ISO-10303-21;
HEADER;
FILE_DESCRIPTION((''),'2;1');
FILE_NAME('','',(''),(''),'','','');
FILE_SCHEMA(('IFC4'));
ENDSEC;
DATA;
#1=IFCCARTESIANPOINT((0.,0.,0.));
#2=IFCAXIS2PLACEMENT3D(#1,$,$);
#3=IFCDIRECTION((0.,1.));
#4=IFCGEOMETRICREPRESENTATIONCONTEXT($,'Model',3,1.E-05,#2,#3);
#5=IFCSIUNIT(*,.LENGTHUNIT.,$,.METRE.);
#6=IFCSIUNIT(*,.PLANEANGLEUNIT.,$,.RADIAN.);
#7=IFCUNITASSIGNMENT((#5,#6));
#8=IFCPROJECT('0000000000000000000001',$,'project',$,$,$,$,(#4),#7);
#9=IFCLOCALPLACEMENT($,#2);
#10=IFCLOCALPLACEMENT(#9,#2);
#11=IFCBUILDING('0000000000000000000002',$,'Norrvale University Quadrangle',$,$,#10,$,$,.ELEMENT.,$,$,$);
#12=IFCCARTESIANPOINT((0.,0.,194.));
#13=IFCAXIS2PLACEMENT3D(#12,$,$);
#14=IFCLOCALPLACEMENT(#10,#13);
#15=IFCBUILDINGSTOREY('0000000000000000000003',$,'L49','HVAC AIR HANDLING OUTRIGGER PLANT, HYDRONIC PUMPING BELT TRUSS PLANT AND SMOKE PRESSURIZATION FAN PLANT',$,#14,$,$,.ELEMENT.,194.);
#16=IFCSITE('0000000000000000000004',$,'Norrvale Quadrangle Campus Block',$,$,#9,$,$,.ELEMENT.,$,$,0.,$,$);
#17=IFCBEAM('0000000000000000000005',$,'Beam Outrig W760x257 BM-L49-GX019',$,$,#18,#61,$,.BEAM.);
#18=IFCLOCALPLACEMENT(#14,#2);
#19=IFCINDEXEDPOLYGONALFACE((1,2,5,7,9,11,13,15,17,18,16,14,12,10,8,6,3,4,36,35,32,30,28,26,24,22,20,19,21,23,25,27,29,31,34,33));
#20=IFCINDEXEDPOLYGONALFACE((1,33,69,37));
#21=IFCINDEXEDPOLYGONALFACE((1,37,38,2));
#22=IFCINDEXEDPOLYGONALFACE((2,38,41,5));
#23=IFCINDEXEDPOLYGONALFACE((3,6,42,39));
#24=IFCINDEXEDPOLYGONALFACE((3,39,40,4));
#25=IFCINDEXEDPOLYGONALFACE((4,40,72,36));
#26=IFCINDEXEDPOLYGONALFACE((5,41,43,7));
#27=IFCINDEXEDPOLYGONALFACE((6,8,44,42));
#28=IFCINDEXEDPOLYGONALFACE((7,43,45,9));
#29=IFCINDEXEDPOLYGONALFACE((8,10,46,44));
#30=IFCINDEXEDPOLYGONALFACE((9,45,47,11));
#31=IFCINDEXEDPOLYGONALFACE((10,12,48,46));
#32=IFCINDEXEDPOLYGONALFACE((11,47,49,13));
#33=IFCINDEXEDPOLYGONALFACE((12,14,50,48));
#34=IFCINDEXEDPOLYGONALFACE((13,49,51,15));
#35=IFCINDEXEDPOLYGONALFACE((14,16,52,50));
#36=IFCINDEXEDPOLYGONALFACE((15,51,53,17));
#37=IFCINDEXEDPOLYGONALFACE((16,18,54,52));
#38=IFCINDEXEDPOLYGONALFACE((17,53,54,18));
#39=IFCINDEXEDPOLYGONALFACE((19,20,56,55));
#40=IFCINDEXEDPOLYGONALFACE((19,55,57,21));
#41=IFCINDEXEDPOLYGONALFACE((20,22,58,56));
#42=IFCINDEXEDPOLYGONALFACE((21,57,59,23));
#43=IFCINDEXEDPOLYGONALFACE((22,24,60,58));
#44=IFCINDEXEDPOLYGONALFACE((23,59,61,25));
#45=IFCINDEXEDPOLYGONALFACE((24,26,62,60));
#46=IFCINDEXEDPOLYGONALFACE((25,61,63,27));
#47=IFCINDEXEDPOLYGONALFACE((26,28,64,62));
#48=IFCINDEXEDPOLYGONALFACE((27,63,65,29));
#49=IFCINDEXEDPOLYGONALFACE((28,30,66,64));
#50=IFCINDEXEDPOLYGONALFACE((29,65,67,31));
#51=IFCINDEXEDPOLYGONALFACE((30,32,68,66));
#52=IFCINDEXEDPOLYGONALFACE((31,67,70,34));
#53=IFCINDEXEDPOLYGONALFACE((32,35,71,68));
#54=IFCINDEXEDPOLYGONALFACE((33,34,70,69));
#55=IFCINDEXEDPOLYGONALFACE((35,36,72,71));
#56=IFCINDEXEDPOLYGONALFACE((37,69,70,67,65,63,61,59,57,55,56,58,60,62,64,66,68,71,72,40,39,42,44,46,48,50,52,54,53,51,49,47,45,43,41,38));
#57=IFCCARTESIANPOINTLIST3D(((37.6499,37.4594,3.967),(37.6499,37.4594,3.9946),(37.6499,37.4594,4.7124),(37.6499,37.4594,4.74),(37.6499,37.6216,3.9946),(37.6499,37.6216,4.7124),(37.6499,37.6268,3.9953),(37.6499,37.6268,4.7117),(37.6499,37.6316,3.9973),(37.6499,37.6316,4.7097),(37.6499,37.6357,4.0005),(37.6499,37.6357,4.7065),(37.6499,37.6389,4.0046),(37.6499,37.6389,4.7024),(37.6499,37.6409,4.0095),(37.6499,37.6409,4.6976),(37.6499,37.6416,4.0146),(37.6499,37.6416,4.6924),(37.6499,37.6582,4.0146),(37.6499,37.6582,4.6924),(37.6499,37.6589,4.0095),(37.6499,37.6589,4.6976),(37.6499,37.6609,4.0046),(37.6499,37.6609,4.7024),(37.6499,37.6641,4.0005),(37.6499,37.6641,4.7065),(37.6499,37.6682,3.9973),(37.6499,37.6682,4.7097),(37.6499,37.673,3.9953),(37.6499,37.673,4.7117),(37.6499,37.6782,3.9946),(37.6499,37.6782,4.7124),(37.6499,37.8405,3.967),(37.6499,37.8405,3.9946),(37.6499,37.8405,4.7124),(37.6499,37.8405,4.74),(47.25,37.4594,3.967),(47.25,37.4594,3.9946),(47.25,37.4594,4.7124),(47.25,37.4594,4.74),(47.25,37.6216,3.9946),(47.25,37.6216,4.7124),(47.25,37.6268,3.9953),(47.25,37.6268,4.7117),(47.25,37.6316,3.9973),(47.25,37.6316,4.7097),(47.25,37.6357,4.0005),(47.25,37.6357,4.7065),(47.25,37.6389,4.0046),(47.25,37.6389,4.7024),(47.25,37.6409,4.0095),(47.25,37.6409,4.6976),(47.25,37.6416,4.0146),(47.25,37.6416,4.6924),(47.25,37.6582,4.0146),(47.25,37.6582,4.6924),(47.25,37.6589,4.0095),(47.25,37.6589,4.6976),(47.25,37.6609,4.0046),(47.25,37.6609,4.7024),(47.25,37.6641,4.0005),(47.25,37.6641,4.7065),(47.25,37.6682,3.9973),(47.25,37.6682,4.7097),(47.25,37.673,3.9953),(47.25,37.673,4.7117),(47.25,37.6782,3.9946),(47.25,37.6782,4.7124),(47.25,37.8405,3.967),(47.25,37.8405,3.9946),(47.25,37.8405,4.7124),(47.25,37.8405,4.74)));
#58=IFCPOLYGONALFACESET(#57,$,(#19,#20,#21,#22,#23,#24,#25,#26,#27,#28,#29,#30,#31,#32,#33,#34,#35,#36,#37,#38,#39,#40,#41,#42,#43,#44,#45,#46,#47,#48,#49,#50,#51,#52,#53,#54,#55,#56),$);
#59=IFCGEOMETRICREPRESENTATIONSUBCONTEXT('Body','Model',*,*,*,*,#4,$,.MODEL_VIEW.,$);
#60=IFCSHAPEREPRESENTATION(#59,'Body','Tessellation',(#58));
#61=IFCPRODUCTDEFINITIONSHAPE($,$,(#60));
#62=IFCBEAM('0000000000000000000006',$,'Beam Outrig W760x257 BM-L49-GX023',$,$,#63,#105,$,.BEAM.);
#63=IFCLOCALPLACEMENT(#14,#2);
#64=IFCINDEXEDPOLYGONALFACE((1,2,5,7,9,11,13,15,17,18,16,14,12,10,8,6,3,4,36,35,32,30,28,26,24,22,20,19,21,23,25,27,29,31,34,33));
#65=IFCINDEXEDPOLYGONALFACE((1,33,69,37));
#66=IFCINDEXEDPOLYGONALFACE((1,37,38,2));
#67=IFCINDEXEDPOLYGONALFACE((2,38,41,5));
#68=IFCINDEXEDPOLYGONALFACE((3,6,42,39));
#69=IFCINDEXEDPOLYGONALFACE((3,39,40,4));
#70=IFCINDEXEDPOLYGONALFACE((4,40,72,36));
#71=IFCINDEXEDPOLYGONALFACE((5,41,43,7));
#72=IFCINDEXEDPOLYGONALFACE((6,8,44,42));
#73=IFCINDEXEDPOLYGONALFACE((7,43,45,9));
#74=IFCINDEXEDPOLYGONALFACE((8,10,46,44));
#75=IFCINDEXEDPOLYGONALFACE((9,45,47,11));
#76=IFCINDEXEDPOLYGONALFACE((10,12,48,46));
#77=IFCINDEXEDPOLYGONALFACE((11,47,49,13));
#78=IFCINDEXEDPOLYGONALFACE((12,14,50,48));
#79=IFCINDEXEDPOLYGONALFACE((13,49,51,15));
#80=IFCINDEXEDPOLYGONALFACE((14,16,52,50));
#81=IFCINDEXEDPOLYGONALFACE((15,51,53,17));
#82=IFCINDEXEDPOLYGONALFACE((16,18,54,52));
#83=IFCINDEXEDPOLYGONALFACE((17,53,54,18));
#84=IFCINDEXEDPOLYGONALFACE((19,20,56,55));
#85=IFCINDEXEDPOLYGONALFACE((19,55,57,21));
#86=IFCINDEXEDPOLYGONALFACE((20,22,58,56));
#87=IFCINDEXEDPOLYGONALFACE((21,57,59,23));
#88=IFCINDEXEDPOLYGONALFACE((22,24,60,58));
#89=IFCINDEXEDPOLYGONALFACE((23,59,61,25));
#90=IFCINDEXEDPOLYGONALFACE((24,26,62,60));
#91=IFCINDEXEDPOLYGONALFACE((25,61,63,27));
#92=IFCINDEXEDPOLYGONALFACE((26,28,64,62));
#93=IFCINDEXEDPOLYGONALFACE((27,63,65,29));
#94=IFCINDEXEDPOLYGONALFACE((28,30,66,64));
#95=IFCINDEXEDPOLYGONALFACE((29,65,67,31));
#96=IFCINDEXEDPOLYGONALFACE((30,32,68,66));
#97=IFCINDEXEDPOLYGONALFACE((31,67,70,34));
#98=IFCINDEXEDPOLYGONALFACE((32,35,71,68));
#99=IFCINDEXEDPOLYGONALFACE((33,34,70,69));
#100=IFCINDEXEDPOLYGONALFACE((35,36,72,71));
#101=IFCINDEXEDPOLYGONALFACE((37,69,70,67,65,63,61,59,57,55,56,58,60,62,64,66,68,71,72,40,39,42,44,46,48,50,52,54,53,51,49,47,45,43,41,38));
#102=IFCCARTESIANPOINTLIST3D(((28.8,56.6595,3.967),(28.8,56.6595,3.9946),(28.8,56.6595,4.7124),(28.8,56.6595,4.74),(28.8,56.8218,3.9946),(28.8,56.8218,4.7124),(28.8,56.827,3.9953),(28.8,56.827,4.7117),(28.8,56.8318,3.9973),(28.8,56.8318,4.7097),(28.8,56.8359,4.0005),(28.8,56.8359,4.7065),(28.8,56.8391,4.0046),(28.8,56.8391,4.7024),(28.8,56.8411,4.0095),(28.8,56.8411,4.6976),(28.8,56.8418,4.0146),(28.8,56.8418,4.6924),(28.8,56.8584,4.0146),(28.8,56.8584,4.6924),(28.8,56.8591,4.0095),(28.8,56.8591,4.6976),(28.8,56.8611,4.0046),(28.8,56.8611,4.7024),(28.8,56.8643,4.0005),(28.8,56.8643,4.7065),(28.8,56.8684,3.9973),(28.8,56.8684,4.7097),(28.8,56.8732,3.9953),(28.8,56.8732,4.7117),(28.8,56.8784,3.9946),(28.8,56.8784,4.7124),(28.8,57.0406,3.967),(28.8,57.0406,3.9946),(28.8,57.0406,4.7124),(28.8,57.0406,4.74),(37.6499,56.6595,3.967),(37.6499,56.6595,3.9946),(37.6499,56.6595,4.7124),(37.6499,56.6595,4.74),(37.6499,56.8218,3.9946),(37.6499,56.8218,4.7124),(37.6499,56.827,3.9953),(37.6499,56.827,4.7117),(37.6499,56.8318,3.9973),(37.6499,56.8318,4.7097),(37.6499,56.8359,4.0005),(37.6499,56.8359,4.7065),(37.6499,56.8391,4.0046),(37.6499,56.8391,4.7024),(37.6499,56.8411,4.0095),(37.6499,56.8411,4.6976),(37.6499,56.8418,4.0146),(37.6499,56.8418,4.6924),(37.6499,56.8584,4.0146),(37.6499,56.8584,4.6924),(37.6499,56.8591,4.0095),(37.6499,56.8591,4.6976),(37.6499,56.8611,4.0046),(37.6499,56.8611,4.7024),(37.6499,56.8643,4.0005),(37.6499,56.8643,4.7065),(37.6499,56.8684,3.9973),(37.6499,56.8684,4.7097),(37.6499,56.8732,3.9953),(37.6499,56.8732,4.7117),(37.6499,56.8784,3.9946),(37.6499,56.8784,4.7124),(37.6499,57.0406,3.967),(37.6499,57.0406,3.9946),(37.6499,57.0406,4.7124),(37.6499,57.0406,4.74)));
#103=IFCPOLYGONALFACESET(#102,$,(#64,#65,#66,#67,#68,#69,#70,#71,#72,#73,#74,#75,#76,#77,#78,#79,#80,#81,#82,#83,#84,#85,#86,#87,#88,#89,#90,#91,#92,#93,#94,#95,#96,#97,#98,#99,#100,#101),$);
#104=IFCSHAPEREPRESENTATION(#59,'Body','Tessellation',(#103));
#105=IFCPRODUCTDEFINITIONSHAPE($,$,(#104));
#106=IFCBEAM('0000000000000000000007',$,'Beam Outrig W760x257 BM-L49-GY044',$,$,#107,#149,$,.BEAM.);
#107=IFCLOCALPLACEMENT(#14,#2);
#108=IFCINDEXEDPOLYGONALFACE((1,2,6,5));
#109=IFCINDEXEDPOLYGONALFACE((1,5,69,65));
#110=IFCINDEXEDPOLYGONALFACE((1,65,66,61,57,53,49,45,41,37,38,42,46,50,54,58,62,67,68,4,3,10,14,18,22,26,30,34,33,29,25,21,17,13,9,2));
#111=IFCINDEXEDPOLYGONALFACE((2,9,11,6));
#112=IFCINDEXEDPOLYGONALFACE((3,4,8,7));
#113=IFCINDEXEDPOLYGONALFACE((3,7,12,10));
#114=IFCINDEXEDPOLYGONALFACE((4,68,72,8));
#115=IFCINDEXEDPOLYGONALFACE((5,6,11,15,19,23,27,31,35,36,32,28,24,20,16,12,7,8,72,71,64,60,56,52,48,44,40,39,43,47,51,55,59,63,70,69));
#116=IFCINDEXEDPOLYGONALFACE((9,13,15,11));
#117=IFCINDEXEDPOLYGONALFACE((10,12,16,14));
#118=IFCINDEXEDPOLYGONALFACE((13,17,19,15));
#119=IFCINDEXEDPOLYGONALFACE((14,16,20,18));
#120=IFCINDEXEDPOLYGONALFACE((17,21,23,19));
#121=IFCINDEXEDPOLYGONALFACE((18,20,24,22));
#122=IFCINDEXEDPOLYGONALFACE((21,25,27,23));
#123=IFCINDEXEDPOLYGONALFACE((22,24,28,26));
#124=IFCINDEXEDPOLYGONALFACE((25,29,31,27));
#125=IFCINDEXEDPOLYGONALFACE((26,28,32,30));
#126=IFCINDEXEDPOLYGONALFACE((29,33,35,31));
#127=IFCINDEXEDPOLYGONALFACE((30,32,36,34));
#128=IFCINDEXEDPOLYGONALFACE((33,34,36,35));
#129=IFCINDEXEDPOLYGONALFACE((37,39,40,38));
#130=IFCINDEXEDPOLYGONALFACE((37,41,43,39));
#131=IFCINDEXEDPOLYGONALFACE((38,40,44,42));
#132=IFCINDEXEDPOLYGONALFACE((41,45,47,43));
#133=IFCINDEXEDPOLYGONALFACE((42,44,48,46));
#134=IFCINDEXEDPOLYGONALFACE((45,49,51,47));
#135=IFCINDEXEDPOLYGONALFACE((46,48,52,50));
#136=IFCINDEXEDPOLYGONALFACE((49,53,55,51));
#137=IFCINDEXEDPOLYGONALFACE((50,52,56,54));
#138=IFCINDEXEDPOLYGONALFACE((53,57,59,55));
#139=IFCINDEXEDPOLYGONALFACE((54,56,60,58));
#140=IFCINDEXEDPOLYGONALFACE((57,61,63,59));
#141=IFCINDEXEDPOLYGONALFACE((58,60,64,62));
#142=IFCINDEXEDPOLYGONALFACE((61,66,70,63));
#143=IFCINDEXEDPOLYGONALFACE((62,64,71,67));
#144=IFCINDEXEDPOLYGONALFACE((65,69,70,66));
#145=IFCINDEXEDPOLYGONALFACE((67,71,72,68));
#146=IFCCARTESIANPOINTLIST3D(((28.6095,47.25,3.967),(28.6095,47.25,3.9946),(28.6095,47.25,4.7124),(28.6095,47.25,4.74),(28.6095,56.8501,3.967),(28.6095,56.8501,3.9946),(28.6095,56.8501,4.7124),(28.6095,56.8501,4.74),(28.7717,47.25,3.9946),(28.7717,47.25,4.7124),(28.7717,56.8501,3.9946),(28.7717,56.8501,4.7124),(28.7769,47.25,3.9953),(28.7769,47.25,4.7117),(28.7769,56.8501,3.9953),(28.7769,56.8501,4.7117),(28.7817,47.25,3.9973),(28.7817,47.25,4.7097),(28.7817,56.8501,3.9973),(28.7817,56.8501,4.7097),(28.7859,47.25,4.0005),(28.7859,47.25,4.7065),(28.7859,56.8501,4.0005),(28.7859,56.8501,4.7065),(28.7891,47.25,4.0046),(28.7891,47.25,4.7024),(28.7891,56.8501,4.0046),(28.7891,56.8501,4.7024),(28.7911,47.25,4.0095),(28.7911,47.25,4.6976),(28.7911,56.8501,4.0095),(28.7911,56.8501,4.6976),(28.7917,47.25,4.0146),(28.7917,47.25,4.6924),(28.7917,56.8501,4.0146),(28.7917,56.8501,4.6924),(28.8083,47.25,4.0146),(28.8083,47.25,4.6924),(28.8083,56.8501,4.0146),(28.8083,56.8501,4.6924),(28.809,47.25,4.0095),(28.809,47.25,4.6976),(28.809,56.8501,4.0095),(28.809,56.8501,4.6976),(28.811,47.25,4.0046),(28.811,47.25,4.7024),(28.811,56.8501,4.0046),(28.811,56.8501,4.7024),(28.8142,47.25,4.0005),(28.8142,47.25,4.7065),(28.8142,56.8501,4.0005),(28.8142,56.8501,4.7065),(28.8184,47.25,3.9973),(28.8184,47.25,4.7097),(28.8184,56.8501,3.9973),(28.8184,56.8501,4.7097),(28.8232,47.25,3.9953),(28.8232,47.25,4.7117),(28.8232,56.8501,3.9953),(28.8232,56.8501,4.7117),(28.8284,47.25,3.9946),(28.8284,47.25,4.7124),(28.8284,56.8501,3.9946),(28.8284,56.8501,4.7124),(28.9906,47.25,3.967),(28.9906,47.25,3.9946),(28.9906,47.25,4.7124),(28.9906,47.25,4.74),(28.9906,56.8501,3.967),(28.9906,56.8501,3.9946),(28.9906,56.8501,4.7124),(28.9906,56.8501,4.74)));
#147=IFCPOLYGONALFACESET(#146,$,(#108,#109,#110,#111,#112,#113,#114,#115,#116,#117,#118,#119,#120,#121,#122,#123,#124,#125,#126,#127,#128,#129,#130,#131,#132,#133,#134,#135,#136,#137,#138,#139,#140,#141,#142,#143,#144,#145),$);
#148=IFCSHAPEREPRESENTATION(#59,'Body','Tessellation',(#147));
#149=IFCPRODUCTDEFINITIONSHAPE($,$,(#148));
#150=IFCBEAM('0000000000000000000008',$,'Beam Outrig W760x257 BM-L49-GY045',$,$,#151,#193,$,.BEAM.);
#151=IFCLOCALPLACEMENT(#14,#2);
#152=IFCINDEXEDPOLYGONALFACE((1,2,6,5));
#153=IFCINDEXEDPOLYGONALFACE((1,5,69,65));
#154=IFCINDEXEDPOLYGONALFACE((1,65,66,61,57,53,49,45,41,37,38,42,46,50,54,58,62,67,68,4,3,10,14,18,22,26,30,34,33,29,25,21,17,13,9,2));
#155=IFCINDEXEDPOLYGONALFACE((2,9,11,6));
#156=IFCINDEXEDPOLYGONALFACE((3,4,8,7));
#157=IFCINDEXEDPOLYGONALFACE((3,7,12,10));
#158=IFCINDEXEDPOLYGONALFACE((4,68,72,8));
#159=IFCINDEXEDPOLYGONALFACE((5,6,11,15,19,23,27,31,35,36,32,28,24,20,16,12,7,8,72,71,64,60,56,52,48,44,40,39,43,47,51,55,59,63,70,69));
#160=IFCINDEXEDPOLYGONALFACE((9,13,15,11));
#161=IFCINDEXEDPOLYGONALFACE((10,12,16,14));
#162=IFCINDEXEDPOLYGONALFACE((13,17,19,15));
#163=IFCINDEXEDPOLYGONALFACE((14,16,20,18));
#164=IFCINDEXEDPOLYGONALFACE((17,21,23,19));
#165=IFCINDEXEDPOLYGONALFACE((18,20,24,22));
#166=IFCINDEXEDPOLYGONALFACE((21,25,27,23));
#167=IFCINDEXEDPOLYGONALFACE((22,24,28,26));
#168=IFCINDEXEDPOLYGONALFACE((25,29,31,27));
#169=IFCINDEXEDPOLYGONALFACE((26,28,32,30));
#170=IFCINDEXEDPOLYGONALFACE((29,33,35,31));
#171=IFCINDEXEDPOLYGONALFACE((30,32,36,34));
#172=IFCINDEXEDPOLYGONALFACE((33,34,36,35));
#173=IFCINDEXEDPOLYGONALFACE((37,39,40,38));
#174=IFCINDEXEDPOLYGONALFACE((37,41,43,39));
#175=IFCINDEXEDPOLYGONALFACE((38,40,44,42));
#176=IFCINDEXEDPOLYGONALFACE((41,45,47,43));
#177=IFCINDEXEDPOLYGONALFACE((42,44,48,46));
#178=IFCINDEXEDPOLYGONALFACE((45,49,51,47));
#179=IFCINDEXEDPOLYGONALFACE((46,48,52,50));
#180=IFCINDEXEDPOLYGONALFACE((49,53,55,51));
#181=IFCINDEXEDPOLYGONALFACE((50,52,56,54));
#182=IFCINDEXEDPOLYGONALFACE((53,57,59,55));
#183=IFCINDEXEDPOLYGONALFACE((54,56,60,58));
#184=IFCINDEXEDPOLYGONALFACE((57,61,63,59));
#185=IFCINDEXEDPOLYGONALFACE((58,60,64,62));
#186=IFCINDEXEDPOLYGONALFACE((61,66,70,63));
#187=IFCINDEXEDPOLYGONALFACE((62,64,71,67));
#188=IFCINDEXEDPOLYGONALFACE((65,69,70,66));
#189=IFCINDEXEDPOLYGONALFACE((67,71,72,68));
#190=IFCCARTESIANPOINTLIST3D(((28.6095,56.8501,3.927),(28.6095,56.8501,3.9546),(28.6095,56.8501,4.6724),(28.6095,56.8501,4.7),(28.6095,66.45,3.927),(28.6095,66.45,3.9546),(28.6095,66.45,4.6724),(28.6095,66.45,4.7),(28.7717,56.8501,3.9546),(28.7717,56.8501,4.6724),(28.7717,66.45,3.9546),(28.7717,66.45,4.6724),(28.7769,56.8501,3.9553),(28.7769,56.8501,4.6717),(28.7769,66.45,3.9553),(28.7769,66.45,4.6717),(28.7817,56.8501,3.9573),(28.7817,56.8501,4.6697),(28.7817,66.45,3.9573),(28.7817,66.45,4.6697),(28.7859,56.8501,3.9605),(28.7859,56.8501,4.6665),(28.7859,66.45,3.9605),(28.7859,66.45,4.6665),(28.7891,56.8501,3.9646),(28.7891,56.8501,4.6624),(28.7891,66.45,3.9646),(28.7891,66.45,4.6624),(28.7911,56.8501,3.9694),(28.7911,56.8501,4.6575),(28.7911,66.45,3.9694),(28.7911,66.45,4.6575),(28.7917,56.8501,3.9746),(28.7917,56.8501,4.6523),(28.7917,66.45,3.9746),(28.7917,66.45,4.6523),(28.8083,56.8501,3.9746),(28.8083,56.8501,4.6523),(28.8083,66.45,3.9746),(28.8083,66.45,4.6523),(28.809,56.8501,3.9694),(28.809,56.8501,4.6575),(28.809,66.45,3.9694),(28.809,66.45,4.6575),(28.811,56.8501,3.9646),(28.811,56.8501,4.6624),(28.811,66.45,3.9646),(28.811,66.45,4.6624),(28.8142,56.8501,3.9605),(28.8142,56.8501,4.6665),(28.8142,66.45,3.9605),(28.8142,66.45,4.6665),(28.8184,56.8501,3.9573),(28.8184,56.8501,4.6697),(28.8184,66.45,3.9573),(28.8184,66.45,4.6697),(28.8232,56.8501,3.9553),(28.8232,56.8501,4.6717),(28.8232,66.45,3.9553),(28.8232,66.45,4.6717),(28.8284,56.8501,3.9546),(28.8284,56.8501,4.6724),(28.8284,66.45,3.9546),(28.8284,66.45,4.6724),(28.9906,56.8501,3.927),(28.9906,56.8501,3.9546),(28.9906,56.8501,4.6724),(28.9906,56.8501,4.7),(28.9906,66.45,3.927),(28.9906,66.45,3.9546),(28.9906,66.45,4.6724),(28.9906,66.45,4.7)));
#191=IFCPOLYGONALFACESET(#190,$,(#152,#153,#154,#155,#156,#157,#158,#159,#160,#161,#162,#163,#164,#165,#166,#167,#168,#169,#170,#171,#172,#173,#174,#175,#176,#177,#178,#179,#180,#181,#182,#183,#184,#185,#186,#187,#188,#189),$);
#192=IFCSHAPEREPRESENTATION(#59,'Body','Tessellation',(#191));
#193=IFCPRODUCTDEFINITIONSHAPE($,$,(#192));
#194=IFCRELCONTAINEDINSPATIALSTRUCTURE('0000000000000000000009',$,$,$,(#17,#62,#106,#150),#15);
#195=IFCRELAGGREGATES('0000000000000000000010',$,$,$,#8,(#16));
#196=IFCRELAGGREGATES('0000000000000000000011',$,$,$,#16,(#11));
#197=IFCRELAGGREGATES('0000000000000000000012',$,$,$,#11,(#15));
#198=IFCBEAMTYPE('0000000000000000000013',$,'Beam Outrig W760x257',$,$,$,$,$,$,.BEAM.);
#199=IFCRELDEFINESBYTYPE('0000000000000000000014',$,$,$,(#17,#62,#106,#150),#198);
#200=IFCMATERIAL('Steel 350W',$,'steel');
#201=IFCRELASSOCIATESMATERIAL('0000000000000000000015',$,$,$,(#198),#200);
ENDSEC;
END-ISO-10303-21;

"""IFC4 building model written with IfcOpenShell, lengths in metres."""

from ifc_helpers import new_model, si_unit, direction, frame, origin, origin_2d, place, context, subcontext, project, spatial, i_section, extrude, material, material_profile, profile_set, type_object, element, save


model = new_model("IFC4")

# Units and contexts
model_context = context("Model", 3, precision=1e-05, world=origin(), true_north=direction((0.0, 1.0)))
body_context = subcontext(model_context, "Body", "Model", "MODEL_VIEW")
ifc_project = project(units=[si_unit("LENGTHUNIT", "METRE"), si_unit("PLANEANGLEUNIT", "RADIAN")], contexts=[model_context])

# Site, building, storey
site_placement = place(None, origin())
site = spatial("IfcSite", under=ifc_project, at=site_placement, Name="Norrvale Quadrangle Campus Block", CompositionType="ELEMENT", RefElevation=0.0)
building_placement = place(site_placement, origin())
building = spatial("IfcBuilding", under=site, at=building_placement, Name="Norrvale University Quadrangle", CompositionType="ELEMENT")
storey_placement = place(building_placement, frame((0.0, 0.0, 194.0)))
storey = spatial("IfcBuildingStorey", under=building, at=storey_placement, Name="L49", Description="HVAC AIR HANDLING OUTRIGGER PLANT, HYDRONIC PUMPING BELT TRUSS PLANT AND SMOKE PRESSURIZATION FAN PLANT", CompositionType="ELEMENT", Elevation=194.0)

# Beams
ifc_material_1 = material(Name="Steel 350W", Category="steel")
ifc_material_profile_1 = material_profile(ifc_material_1, i_section(OverallWidth=0.3811, OverallDepth=0.7729, WebThickness=0.0166, FlangeThickness=0.0276, FilletRadius=0.02, at=origin_2d()), Name="Steel 350W")
ifc_profile_set_1 = profile_set([ifc_material_profile_1], Name="Steel 350W")
beam_type_1 = type_object("IfcBeamType", Name="Beam Outrig W760x257", PredefinedType="BEAM", material=ifc_profile_set_1)
beam_1_placement = place(storey_placement, frame((37.6499, 37.6499, 4.3535), z_axis=(1.0, 0.0, 0.0), x_axis=(0.0, 1.0, 0.0)))
element("IfcBeam", 1, at=beam_1_placement, inside=storey, type_object=beam_type_1, Name="Beam Outrig W760x257 BM-L49-GX019", PredefinedType="BEAM", context=body_context, shape_type="SweptSolid", body=[
    extrude(i_section(OverallWidth=0.3811, OverallDepth=0.7729, WebThickness=0.0166, FlangeThickness=0.0276, FilletRadius=0.02, at=origin_2d()), origin(), (0.0, 0.0, 1.0), 9.6001),
])
beam_2_placement = place(storey_placement, frame((28.8, 56.8501, 4.3535), z_axis=(1.0, 0.0, 0.0), x_axis=(0.0, 1.0, 0.0)))
element("IfcBeam", 2, at=beam_2_placement, inside=storey, type_object=beam_type_1, Name="Beam Outrig W760x257 BM-L49-GX023", PredefinedType="BEAM", context=body_context, shape_type="SweptSolid", body=[
    extrude(i_section(OverallWidth=0.3811, OverallDepth=0.7729, WebThickness=0.0166, FlangeThickness=0.0276, FilletRadius=0.02, at=origin_2d()), origin(), (0.0, 0.0, 1.0), 8.8499),
])
beam_3_placement = place(storey_placement, frame((28.8, 47.25, 4.3535), z_axis=(0.0, 1.0, 0.0), x_axis=(-1.0, 0.0, 0.0)))
element("IfcBeam", 3, at=beam_3_placement, inside=storey, type_object=beam_type_1, Name="Beam Outrig W760x257 BM-L49-GY044", PredefinedType="BEAM", context=body_context, shape_type="SweptSolid", body=[
    extrude(i_section(OverallWidth=0.3811, OverallDepth=0.7729, WebThickness=0.0166, FlangeThickness=0.0276, FilletRadius=0.02, at=origin_2d()), origin(), (0.0, 0.0, 1.0), 9.6001),
])
beam_4_placement = place(storey_placement, frame((28.8, 56.8501, 4.3135), z_axis=(0.0, 1.0, 0.0), x_axis=(-1.0, 0.0, 0.0)))
element("IfcBeam", 4, at=beam_4_placement, inside=storey, type_object=beam_type_1, Name="Beam Outrig W760x257 BM-L49-GY045", PredefinedType="BEAM", context=body_context, shape_type="SweptSolid", body=[
    extrude(i_section(OverallWidth=0.3811, OverallDepth=0.7729, WebThickness=0.0166, FlangeThickness=0.0276, FilletRadius=0.02, at=origin_2d()), origin(), (0.0, 0.0, 1.0), 9.5999),
])

save(model, "model.ifc")
